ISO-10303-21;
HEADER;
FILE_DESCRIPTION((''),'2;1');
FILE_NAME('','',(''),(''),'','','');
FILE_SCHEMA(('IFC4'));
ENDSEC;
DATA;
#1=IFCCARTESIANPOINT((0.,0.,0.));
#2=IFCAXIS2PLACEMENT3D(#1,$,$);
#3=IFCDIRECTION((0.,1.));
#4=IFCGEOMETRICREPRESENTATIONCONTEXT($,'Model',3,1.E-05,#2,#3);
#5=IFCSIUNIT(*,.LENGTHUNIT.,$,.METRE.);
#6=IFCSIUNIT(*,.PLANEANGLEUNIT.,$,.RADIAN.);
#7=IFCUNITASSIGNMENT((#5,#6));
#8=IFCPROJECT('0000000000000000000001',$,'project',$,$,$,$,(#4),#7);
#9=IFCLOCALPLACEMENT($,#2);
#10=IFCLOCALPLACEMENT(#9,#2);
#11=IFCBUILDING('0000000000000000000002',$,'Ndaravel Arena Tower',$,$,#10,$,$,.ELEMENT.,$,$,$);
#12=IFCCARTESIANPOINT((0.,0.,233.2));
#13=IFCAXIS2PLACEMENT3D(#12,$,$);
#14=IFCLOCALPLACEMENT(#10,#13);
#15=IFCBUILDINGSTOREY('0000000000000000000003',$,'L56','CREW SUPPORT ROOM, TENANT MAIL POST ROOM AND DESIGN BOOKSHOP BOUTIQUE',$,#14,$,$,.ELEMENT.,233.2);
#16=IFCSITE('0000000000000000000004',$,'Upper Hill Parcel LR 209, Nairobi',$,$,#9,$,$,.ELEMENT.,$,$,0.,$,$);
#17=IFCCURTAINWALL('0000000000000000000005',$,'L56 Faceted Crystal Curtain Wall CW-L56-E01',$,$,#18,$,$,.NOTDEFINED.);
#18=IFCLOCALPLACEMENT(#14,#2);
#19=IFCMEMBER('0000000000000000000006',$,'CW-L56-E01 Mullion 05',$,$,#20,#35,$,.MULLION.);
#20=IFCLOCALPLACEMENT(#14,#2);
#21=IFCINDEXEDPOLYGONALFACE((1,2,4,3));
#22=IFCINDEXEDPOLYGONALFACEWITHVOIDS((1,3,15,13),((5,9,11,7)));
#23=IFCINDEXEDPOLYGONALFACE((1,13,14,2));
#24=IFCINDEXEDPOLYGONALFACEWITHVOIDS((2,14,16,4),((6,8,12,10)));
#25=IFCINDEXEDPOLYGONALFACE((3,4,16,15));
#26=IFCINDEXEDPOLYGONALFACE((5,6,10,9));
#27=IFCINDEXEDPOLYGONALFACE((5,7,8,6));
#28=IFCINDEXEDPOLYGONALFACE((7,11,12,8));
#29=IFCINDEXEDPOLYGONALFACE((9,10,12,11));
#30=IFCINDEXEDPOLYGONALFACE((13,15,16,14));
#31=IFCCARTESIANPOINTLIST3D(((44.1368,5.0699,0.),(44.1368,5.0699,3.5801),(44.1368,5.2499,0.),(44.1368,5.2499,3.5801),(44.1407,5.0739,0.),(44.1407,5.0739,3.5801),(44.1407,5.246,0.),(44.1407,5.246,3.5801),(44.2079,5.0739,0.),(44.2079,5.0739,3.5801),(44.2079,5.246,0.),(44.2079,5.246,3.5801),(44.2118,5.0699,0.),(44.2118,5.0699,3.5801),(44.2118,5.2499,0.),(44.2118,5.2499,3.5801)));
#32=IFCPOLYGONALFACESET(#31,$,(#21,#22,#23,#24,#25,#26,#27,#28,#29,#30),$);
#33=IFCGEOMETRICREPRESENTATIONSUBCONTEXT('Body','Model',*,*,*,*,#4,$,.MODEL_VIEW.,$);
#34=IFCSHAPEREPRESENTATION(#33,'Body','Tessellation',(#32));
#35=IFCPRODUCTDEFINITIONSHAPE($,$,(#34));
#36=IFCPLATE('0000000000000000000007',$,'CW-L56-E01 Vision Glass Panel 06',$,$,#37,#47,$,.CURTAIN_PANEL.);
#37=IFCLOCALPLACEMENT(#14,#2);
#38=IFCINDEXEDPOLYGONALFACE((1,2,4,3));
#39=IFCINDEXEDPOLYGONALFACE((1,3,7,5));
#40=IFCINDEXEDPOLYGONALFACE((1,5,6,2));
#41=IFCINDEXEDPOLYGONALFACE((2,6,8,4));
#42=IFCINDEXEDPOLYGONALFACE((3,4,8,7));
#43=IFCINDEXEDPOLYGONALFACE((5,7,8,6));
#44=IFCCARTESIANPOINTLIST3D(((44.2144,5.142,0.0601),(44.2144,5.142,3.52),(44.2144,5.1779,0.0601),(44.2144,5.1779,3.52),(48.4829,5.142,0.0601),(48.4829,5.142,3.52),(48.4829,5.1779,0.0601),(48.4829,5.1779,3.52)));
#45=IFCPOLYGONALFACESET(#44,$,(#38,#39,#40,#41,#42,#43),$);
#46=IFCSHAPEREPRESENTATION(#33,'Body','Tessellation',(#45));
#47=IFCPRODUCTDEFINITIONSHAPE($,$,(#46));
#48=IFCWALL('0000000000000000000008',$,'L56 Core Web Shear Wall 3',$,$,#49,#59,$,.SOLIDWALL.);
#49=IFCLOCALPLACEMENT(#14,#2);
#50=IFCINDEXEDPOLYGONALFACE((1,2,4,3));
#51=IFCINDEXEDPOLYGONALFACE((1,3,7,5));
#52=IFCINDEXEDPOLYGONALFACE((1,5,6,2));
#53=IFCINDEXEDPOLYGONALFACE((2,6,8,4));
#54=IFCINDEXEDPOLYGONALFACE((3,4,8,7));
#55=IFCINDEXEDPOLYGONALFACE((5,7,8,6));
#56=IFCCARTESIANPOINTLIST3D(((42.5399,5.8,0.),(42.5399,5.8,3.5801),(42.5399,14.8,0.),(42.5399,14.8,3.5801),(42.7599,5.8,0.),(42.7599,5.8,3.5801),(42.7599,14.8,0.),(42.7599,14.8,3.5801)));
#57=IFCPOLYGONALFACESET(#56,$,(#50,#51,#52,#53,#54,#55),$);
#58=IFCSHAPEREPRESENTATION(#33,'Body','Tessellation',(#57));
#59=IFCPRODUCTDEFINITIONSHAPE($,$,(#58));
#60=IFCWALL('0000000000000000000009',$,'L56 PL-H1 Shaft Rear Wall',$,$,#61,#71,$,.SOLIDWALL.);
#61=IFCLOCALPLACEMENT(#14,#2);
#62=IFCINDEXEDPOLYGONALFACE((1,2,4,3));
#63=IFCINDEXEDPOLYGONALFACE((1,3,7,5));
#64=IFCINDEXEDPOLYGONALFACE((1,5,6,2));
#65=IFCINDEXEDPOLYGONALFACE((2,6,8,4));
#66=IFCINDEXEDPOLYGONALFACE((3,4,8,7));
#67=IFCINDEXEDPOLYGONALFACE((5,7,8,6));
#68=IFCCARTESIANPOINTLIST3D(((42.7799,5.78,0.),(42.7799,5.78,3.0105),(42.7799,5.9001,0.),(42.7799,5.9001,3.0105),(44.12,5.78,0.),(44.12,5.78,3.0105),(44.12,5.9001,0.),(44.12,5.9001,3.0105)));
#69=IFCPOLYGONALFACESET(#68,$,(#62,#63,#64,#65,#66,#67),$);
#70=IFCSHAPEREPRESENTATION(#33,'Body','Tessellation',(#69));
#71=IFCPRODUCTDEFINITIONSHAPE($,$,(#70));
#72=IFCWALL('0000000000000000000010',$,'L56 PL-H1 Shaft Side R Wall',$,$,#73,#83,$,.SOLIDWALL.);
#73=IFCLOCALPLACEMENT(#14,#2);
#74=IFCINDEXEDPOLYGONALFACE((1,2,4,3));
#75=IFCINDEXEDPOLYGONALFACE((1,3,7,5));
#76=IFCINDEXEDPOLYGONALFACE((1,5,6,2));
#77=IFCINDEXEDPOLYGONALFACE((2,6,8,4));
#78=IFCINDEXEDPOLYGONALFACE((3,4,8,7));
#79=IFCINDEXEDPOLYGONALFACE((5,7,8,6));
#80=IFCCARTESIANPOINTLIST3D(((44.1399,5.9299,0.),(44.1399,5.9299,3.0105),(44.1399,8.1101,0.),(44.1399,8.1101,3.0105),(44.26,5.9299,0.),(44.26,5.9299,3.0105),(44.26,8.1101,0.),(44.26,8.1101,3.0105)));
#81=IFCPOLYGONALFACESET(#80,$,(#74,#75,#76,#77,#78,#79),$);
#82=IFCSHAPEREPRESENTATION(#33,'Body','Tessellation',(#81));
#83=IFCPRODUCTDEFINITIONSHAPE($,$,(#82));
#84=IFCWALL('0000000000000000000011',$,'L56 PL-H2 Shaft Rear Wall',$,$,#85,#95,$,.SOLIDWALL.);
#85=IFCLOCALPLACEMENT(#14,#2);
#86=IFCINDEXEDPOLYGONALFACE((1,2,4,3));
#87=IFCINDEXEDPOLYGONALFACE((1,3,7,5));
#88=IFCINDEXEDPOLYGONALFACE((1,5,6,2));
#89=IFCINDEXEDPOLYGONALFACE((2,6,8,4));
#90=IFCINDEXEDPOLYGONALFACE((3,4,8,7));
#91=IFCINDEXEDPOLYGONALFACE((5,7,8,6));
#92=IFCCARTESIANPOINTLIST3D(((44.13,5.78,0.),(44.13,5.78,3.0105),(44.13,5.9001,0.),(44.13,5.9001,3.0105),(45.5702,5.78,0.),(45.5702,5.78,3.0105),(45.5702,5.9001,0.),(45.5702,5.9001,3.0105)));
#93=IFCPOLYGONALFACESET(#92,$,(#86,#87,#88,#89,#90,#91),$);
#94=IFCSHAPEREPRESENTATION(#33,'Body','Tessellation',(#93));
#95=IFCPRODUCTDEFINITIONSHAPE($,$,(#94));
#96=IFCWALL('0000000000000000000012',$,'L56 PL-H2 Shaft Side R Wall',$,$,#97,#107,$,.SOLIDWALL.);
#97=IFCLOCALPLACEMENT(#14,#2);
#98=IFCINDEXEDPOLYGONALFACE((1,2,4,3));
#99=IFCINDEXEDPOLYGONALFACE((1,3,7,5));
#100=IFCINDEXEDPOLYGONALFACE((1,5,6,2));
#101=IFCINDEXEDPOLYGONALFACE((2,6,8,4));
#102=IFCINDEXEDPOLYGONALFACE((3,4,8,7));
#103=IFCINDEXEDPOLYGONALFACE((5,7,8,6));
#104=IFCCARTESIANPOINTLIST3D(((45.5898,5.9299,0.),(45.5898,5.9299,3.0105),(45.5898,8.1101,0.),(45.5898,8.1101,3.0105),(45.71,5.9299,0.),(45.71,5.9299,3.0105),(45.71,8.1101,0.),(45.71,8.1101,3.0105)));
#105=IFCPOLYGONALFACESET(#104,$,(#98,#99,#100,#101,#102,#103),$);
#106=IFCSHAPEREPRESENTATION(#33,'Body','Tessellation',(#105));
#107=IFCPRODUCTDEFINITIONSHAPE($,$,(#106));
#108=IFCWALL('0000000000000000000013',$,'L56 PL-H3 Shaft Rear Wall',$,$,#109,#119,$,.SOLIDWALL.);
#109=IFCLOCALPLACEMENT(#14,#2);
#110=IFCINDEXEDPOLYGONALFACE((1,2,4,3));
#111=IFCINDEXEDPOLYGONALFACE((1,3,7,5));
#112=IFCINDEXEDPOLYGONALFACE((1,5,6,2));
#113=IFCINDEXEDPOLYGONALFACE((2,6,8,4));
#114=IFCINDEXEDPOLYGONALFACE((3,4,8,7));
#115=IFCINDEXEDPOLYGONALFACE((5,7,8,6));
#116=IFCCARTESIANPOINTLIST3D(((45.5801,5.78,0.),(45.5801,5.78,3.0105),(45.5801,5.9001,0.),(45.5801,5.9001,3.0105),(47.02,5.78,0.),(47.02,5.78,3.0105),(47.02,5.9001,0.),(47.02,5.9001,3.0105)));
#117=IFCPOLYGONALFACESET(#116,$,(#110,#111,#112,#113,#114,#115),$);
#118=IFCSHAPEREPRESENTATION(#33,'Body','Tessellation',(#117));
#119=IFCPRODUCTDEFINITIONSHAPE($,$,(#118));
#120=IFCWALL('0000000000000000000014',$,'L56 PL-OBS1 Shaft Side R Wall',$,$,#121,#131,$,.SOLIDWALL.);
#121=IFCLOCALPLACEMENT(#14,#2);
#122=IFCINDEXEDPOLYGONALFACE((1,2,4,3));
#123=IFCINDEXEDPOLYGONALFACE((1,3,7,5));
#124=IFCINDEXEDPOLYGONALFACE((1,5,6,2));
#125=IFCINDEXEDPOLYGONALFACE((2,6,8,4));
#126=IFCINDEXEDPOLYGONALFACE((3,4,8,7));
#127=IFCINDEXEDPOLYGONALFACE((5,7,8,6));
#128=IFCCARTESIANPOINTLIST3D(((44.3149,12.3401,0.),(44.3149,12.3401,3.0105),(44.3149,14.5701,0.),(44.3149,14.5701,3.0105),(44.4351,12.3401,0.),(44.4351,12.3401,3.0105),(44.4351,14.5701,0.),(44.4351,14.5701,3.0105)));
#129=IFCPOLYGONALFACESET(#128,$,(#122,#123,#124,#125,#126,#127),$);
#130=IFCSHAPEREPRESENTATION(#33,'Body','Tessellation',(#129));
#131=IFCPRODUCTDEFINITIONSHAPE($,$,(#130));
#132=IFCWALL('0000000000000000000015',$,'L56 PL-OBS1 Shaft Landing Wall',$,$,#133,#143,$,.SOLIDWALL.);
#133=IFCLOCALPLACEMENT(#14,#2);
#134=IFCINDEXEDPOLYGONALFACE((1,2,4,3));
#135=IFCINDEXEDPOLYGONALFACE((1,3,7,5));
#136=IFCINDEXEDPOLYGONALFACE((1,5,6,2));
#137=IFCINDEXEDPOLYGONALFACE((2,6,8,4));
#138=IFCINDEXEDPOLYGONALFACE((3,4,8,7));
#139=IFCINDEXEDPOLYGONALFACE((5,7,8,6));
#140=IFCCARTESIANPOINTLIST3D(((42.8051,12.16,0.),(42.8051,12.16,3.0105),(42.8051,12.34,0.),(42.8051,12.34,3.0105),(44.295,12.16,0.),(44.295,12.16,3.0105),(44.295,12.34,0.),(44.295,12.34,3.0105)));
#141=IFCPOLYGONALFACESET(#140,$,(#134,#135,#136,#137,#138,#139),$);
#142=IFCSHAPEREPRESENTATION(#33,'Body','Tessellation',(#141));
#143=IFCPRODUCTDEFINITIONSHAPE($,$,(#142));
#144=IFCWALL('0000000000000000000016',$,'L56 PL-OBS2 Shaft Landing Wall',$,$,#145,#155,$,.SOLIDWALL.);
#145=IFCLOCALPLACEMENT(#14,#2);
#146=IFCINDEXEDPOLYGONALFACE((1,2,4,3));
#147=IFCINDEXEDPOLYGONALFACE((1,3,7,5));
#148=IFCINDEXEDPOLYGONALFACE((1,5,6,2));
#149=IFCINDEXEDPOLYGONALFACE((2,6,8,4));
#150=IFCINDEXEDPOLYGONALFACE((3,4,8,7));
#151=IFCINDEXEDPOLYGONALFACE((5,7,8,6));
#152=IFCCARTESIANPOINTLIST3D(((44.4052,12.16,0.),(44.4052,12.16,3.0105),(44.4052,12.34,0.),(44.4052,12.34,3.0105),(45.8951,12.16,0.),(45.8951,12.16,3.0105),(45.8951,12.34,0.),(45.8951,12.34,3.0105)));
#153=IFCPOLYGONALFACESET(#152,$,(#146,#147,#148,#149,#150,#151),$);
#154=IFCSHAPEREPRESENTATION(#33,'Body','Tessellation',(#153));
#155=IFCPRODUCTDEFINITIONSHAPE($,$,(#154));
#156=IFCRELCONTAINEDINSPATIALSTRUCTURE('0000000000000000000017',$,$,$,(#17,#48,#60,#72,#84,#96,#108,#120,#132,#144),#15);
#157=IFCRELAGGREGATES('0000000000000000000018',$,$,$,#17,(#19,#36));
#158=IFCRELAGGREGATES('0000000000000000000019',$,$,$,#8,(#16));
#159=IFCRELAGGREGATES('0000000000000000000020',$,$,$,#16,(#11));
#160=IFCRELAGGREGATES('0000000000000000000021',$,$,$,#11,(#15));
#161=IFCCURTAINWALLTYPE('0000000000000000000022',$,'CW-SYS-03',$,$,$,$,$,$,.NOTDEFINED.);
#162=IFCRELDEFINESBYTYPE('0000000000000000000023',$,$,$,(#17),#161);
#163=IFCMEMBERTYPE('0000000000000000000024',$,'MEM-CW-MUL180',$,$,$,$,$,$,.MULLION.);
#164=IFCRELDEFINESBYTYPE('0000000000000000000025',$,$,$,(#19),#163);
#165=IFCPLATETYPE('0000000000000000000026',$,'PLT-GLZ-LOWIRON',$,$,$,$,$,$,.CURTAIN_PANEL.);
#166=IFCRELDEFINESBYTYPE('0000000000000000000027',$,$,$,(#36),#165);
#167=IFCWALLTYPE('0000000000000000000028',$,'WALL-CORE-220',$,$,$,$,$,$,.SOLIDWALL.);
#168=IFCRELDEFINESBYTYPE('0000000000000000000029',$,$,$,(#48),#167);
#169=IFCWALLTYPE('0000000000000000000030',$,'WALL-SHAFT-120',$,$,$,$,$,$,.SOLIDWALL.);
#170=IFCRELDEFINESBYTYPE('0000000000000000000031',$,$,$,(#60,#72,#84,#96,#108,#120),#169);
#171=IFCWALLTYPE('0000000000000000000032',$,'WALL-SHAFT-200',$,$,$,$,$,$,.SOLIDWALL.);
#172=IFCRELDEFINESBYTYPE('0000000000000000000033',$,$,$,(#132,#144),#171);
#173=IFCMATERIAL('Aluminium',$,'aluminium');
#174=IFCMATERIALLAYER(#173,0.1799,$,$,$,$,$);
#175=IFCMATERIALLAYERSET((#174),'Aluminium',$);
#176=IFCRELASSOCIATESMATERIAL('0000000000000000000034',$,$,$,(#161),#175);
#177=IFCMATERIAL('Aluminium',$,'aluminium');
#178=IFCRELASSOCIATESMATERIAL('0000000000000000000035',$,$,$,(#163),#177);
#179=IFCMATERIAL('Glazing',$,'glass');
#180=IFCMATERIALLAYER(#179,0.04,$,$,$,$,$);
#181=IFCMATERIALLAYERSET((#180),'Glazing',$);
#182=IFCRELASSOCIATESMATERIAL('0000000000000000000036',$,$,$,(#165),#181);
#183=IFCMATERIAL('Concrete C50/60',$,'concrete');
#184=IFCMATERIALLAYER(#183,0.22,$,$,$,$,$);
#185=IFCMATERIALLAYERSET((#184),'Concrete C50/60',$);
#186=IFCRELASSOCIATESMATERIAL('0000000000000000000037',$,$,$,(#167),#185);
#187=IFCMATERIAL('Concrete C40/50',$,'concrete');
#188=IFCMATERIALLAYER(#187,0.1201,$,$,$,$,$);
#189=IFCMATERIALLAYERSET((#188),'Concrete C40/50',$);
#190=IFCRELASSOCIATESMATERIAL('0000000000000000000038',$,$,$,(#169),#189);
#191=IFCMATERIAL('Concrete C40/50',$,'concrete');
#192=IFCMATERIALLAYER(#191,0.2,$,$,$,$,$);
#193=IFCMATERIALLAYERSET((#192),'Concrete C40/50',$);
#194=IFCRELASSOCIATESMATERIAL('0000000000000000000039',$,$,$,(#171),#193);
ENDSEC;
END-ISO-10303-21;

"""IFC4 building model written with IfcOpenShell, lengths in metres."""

from ifc_helpers import new_model, si_unit, direction, frame, frame_2d, origin, origin_2d, place, context, subcontext, project, spatial, rectangle, hollow_rectangle, extrude, material, layer, layer_set, material_profile, profile_set, type_object, element, aggregate, save


model = new_model("IFC4")

# Units and contexts
model_context = context("Model", 3, precision=1e-05, world=origin(), true_north=direction((0.0, 1.0)))
body_context = subcontext(model_context, "Body", "Model", "MODEL_VIEW")
ifc_project = project(units=[si_unit("LENGTHUNIT", "METRE"), si_unit("PLANEANGLEUNIT", "RADIAN")], contexts=[model_context])

# Site, building, storey
site_placement = place(None, origin())
site = spatial("IfcSite", under=ifc_project, at=site_placement, Name="Upper Hill Parcel LR 209, Nairobi", CompositionType="ELEMENT", RefElevation=0.0)
building_placement = place(site_placement, origin())
building = spatial("IfcBuilding", under=site, at=building_placement, Name="Ndaravel Arena Tower", CompositionType="ELEMENT")
storey_placement = place(building_placement, frame((0.0, 0.0, 233.2)))
storey = spatial("IfcBuildingStorey", under=building, at=storey_placement, Name="L56", Description="CREW SUPPORT ROOM, TENANT MAIL POST ROOM AND DESIGN BOOKSHOP BOUTIQUE", CompositionType="ELEMENT", Elevation=233.2)

# Curtain wall, member, plate
ifc_material_1 = material(Name="Aluminium", Category="aluminium")
ifc_layer_1 = layer(ifc_material_1, 0.1799)
ifc_layer_set_1 = layer_set([ifc_layer_1], Name="Aluminium")
curtain_wall_type = type_object("IfcCurtainWallType", Name="CW-SYS-03", PredefinedType="NOTDEFINED", material=ifc_layer_set_1)
curtain_wall_placement = place(storey_placement, origin())
curtain_wall = element("IfcCurtainWall", 1, at=curtain_wall_placement, inside=storey, type_object=curtain_wall_type, Name="L56 Faceted Crystal Curtain Wall CW-L56-E01", PredefinedType="NOTDEFINED")
ifc_material_2 = material(Name="Aluminium", Category="aluminium")
ifc_material_profile = material_profile(ifc_material_2, hollow_rectangle(XDim=0.075, YDim=0.1799, WallThickness=0.0039, at=origin_2d()), Name="CW MULLION 75x180x4")
ifc_profile_set = profile_set([ifc_material_profile], Name="Aluminium")
member_type = type_object("IfcMemberType", Name="MEM-CW-MUL180", PredefinedType="MULLION", material=ifc_profile_set)
member_placement = place(storey_placement, frame((44.1743, 5.1599, 0.0), z_axis=(0.0, 0.0, 1.0), x_axis=(1.0, 0.0, 0.0)))
member = element("IfcMember", 2, at=member_placement, type_object=member_type, Name="CW-L56-E01 Mullion 05", PredefinedType="MULLION", context=body_context, shape_type="SweptSolid", body=[
    extrude(hollow_rectangle(XDim=0.075, YDim=0.1799, WallThickness=0.0039, at=origin_2d()), origin(), (0.0, 0.0, 1.0), 3.5801),
])
ifc_material_3 = material(Name="Glazing", Category="glass")
ifc_layer_2 = layer(ifc_material_3, 0.04)
ifc_layer_set_2 = layer_set([ifc_layer_2], Name="Glazing")
plate_type = type_object("IfcPlateType", Name="PLT-GLZ-LOWIRON", PredefinedType="CURTAIN_PANEL", material=ifc_layer_set_2)
plate_placement = place(storey_placement, frame((46.3486, 5.1599, 0.0601), z_axis=(0.0, 0.0, 1.0), x_axis=(1.0, 0.0, 0.0)))
plate = element("IfcPlate", 3, at=plate_placement, type_object=plate_type, Name="CW-L56-E01 Vision Glass Panel 06", PredefinedType="CURTAIN_PANEL", context=body_context, shape_type="SweptSolid", body=[
    extrude(rectangle(XDim=4.2686, YDim=0.0359, at=origin_2d()), origin(), (0.0, 0.0, 1.0), 3.46),
])
aggregate(curtain_wall, [member, plate])

# Walls
ifc_material_4 = material(Name="Concrete C50/60", Category="concrete")
ifc_layer_3 = layer(ifc_material_4, 0.22)
ifc_layer_set_3 = layer_set([ifc_layer_3], Name="Concrete C50/60")
wall_type_1 = type_object("IfcWallType", Name="WALL-CORE-220", PredefinedType="SOLIDWALL", material=ifc_layer_set_3)
wall_1_placement = place(storey_placement, frame((42.6499, 5.8, 0.0), z_axis=(0.0, 0.0, 1.0), x_axis=(0.0, 1.0, 0.0)))
element("IfcWall", 4, at=wall_1_placement, inside=storey, type_object=wall_type_1, Name="L56 Core Web Shear Wall 3", PredefinedType="SOLIDWALL", context=body_context, shape_type="SweptSolid", body=[
    extrude(rectangle(XDim=9.0, YDim=0.22, at=frame_2d((4.5, 0.0))), origin(), (0.0, 0.0, 1.0), 3.5801),
])
ifc_material_5 = material(Name="Concrete C40/50", Category="concrete")
ifc_layer_4 = layer(ifc_material_5, 0.1201)
ifc_layer_set_4 = layer_set([ifc_layer_4], Name="Concrete C40/50")
wall_type_2 = type_object("IfcWallType", Name="WALL-SHAFT-120", PredefinedType="SOLIDWALL", material=ifc_layer_set_4)
wall_2_placement = place(storey_placement, frame((42.78, 5.8401, 0.0), z_axis=(0.0, 0.0, 1.0), x_axis=(1.0, 0.0, 0.0)))
element("IfcWall", 5, at=wall_2_placement, inside=storey, type_object=wall_type_2, Name="L56 PL-H1 Shaft Rear Wall", PredefinedType="SOLIDWALL", context=body_context, shape_type="SweptSolid", body=[
    extrude(rectangle(XDim=1.3401, YDim=0.1201, at=frame_2d((0.6699, 0.0))), origin(), (0.0, 0.0, 1.0), 3.0105),
])
wall_3_placement = place(storey_placement, frame((44.2, 5.9299, 0.0), z_axis=(0.0, 0.0, 1.0), x_axis=(0.0, 1.0, 0.0)))
element("IfcWall", 6, at=wall_3_placement, inside=storey, type_object=wall_type_2, Name="L56 PL-H1 Shaft Side R Wall", PredefinedType="SOLIDWALL", context=body_context, shape_type="SweptSolid", body=[
    extrude(rectangle(XDim=2.1802, YDim=0.1201, at=frame_2d((1.0901, 0.0))), origin(), (0.0, 0.0, 1.0), 3.0105),
])
wall_4_placement = place(storey_placement, frame((44.1299, 5.8401, 0.0), z_axis=(0.0, 0.0, 1.0), x_axis=(1.0, 0.0, 0.0)))
element("IfcWall", 7, at=wall_4_placement, inside=storey, type_object=wall_type_2, Name="L56 PL-H2 Shaft Rear Wall", PredefinedType="SOLIDWALL", context=body_context, shape_type="SweptSolid", body=[
    extrude(rectangle(XDim=1.4402, YDim=0.1201, at=frame_2d((0.7202, 0.0))), origin(), (0.0, 0.0, 1.0), 3.0105),
])
wall_5_placement = place(storey_placement, frame((45.6499, 5.9299, 0.0), z_axis=(0.0, 0.0, 1.0), x_axis=(0.0, 1.0, 0.0)))
element("IfcWall", 8, at=wall_5_placement, inside=storey, type_object=wall_type_2, Name="L56 PL-H2 Shaft Side R Wall", PredefinedType="SOLIDWALL", context=body_context, shape_type="SweptSolid", body=[
    extrude(rectangle(XDim=2.1802, YDim=0.1201, at=frame_2d((1.0901, 0.0))), origin(), (0.0, 0.0, 1.0), 3.0105),
])
wall_6_placement = place(storey_placement, frame((45.5801, 5.8401, 0.0), z_axis=(0.0, 0.0, 1.0), x_axis=(1.0, 0.0, 0.0)))
element("IfcWall", 9, at=wall_6_placement, inside=storey, type_object=wall_type_2, Name="L56 PL-H3 Shaft Rear Wall", PredefinedType="SOLIDWALL", context=body_context, shape_type="SweptSolid", body=[
    extrude(rectangle(XDim=1.4399, YDim=0.1201, at=frame_2d((0.72, 0.0))), origin(), (0.0, 0.0, 1.0), 3.0105),
])
wall_7_placement = place(storey_placement, frame((44.375, 12.3401, 0.0), z_axis=(0.0, 0.0, 1.0), x_axis=(0.0, 1.0, 0.0)))
element("IfcWall", 10, at=wall_7_placement, inside=storey, type_object=wall_type_2, Name="L56 PL-OBS1 Shaft Side R Wall", PredefinedType="SOLIDWALL", context=body_context, shape_type="SweptSolid", body=[
    extrude(rectangle(XDim=2.23, YDim=0.1201, at=frame_2d((1.115, 0.0))), origin(), (0.0, 0.0, 1.0), 3.0105),
])

# Shared definitions
ifc_material_6 = material(Name="Concrete C40/50", Category="concrete")
ifc_layer_5 = layer(ifc_material_6, 0.2)
ifc_layer_set_5 = layer_set([ifc_layer_5], Name="Concrete C40/50")
wall_type_3 = type_object("IfcWallType", Name="WALL-SHAFT-200", PredefinedType="SOLIDWALL", material=ifc_layer_set_5)

# Walls
for number, where, z_axis, x_axis, name in (
    (11, (42.8049, 12.25, 0.0), (0.0, 0.0, 1.0), (1.0, 0.0, 0.0), "L56 PL-OBS1 Shaft Landing Wall"),
    (12, (44.405, 12.25, 0.0), (0.0, 0.0, 1.0), (1.0, 0.0, 0.0), "L56 PL-OBS2 Shaft Landing Wall"),
):
    element("IfcWall", number, at=place(storey_placement, frame(where, z_axis=z_axis, x_axis=x_axis)), inside=storey, type_object=wall_type_3, Name=name, PredefinedType="SOLIDWALL", context=body_context, shape_type="SweptSolid", body=[
        extrude(rectangle(XDim=1.49, YDim=0.1799, at=frame_2d((0.7451, 0.0))), origin(), (0.0, 0.0, 1.0), 3.0105),
    ])

save(model, "model.ifc")
